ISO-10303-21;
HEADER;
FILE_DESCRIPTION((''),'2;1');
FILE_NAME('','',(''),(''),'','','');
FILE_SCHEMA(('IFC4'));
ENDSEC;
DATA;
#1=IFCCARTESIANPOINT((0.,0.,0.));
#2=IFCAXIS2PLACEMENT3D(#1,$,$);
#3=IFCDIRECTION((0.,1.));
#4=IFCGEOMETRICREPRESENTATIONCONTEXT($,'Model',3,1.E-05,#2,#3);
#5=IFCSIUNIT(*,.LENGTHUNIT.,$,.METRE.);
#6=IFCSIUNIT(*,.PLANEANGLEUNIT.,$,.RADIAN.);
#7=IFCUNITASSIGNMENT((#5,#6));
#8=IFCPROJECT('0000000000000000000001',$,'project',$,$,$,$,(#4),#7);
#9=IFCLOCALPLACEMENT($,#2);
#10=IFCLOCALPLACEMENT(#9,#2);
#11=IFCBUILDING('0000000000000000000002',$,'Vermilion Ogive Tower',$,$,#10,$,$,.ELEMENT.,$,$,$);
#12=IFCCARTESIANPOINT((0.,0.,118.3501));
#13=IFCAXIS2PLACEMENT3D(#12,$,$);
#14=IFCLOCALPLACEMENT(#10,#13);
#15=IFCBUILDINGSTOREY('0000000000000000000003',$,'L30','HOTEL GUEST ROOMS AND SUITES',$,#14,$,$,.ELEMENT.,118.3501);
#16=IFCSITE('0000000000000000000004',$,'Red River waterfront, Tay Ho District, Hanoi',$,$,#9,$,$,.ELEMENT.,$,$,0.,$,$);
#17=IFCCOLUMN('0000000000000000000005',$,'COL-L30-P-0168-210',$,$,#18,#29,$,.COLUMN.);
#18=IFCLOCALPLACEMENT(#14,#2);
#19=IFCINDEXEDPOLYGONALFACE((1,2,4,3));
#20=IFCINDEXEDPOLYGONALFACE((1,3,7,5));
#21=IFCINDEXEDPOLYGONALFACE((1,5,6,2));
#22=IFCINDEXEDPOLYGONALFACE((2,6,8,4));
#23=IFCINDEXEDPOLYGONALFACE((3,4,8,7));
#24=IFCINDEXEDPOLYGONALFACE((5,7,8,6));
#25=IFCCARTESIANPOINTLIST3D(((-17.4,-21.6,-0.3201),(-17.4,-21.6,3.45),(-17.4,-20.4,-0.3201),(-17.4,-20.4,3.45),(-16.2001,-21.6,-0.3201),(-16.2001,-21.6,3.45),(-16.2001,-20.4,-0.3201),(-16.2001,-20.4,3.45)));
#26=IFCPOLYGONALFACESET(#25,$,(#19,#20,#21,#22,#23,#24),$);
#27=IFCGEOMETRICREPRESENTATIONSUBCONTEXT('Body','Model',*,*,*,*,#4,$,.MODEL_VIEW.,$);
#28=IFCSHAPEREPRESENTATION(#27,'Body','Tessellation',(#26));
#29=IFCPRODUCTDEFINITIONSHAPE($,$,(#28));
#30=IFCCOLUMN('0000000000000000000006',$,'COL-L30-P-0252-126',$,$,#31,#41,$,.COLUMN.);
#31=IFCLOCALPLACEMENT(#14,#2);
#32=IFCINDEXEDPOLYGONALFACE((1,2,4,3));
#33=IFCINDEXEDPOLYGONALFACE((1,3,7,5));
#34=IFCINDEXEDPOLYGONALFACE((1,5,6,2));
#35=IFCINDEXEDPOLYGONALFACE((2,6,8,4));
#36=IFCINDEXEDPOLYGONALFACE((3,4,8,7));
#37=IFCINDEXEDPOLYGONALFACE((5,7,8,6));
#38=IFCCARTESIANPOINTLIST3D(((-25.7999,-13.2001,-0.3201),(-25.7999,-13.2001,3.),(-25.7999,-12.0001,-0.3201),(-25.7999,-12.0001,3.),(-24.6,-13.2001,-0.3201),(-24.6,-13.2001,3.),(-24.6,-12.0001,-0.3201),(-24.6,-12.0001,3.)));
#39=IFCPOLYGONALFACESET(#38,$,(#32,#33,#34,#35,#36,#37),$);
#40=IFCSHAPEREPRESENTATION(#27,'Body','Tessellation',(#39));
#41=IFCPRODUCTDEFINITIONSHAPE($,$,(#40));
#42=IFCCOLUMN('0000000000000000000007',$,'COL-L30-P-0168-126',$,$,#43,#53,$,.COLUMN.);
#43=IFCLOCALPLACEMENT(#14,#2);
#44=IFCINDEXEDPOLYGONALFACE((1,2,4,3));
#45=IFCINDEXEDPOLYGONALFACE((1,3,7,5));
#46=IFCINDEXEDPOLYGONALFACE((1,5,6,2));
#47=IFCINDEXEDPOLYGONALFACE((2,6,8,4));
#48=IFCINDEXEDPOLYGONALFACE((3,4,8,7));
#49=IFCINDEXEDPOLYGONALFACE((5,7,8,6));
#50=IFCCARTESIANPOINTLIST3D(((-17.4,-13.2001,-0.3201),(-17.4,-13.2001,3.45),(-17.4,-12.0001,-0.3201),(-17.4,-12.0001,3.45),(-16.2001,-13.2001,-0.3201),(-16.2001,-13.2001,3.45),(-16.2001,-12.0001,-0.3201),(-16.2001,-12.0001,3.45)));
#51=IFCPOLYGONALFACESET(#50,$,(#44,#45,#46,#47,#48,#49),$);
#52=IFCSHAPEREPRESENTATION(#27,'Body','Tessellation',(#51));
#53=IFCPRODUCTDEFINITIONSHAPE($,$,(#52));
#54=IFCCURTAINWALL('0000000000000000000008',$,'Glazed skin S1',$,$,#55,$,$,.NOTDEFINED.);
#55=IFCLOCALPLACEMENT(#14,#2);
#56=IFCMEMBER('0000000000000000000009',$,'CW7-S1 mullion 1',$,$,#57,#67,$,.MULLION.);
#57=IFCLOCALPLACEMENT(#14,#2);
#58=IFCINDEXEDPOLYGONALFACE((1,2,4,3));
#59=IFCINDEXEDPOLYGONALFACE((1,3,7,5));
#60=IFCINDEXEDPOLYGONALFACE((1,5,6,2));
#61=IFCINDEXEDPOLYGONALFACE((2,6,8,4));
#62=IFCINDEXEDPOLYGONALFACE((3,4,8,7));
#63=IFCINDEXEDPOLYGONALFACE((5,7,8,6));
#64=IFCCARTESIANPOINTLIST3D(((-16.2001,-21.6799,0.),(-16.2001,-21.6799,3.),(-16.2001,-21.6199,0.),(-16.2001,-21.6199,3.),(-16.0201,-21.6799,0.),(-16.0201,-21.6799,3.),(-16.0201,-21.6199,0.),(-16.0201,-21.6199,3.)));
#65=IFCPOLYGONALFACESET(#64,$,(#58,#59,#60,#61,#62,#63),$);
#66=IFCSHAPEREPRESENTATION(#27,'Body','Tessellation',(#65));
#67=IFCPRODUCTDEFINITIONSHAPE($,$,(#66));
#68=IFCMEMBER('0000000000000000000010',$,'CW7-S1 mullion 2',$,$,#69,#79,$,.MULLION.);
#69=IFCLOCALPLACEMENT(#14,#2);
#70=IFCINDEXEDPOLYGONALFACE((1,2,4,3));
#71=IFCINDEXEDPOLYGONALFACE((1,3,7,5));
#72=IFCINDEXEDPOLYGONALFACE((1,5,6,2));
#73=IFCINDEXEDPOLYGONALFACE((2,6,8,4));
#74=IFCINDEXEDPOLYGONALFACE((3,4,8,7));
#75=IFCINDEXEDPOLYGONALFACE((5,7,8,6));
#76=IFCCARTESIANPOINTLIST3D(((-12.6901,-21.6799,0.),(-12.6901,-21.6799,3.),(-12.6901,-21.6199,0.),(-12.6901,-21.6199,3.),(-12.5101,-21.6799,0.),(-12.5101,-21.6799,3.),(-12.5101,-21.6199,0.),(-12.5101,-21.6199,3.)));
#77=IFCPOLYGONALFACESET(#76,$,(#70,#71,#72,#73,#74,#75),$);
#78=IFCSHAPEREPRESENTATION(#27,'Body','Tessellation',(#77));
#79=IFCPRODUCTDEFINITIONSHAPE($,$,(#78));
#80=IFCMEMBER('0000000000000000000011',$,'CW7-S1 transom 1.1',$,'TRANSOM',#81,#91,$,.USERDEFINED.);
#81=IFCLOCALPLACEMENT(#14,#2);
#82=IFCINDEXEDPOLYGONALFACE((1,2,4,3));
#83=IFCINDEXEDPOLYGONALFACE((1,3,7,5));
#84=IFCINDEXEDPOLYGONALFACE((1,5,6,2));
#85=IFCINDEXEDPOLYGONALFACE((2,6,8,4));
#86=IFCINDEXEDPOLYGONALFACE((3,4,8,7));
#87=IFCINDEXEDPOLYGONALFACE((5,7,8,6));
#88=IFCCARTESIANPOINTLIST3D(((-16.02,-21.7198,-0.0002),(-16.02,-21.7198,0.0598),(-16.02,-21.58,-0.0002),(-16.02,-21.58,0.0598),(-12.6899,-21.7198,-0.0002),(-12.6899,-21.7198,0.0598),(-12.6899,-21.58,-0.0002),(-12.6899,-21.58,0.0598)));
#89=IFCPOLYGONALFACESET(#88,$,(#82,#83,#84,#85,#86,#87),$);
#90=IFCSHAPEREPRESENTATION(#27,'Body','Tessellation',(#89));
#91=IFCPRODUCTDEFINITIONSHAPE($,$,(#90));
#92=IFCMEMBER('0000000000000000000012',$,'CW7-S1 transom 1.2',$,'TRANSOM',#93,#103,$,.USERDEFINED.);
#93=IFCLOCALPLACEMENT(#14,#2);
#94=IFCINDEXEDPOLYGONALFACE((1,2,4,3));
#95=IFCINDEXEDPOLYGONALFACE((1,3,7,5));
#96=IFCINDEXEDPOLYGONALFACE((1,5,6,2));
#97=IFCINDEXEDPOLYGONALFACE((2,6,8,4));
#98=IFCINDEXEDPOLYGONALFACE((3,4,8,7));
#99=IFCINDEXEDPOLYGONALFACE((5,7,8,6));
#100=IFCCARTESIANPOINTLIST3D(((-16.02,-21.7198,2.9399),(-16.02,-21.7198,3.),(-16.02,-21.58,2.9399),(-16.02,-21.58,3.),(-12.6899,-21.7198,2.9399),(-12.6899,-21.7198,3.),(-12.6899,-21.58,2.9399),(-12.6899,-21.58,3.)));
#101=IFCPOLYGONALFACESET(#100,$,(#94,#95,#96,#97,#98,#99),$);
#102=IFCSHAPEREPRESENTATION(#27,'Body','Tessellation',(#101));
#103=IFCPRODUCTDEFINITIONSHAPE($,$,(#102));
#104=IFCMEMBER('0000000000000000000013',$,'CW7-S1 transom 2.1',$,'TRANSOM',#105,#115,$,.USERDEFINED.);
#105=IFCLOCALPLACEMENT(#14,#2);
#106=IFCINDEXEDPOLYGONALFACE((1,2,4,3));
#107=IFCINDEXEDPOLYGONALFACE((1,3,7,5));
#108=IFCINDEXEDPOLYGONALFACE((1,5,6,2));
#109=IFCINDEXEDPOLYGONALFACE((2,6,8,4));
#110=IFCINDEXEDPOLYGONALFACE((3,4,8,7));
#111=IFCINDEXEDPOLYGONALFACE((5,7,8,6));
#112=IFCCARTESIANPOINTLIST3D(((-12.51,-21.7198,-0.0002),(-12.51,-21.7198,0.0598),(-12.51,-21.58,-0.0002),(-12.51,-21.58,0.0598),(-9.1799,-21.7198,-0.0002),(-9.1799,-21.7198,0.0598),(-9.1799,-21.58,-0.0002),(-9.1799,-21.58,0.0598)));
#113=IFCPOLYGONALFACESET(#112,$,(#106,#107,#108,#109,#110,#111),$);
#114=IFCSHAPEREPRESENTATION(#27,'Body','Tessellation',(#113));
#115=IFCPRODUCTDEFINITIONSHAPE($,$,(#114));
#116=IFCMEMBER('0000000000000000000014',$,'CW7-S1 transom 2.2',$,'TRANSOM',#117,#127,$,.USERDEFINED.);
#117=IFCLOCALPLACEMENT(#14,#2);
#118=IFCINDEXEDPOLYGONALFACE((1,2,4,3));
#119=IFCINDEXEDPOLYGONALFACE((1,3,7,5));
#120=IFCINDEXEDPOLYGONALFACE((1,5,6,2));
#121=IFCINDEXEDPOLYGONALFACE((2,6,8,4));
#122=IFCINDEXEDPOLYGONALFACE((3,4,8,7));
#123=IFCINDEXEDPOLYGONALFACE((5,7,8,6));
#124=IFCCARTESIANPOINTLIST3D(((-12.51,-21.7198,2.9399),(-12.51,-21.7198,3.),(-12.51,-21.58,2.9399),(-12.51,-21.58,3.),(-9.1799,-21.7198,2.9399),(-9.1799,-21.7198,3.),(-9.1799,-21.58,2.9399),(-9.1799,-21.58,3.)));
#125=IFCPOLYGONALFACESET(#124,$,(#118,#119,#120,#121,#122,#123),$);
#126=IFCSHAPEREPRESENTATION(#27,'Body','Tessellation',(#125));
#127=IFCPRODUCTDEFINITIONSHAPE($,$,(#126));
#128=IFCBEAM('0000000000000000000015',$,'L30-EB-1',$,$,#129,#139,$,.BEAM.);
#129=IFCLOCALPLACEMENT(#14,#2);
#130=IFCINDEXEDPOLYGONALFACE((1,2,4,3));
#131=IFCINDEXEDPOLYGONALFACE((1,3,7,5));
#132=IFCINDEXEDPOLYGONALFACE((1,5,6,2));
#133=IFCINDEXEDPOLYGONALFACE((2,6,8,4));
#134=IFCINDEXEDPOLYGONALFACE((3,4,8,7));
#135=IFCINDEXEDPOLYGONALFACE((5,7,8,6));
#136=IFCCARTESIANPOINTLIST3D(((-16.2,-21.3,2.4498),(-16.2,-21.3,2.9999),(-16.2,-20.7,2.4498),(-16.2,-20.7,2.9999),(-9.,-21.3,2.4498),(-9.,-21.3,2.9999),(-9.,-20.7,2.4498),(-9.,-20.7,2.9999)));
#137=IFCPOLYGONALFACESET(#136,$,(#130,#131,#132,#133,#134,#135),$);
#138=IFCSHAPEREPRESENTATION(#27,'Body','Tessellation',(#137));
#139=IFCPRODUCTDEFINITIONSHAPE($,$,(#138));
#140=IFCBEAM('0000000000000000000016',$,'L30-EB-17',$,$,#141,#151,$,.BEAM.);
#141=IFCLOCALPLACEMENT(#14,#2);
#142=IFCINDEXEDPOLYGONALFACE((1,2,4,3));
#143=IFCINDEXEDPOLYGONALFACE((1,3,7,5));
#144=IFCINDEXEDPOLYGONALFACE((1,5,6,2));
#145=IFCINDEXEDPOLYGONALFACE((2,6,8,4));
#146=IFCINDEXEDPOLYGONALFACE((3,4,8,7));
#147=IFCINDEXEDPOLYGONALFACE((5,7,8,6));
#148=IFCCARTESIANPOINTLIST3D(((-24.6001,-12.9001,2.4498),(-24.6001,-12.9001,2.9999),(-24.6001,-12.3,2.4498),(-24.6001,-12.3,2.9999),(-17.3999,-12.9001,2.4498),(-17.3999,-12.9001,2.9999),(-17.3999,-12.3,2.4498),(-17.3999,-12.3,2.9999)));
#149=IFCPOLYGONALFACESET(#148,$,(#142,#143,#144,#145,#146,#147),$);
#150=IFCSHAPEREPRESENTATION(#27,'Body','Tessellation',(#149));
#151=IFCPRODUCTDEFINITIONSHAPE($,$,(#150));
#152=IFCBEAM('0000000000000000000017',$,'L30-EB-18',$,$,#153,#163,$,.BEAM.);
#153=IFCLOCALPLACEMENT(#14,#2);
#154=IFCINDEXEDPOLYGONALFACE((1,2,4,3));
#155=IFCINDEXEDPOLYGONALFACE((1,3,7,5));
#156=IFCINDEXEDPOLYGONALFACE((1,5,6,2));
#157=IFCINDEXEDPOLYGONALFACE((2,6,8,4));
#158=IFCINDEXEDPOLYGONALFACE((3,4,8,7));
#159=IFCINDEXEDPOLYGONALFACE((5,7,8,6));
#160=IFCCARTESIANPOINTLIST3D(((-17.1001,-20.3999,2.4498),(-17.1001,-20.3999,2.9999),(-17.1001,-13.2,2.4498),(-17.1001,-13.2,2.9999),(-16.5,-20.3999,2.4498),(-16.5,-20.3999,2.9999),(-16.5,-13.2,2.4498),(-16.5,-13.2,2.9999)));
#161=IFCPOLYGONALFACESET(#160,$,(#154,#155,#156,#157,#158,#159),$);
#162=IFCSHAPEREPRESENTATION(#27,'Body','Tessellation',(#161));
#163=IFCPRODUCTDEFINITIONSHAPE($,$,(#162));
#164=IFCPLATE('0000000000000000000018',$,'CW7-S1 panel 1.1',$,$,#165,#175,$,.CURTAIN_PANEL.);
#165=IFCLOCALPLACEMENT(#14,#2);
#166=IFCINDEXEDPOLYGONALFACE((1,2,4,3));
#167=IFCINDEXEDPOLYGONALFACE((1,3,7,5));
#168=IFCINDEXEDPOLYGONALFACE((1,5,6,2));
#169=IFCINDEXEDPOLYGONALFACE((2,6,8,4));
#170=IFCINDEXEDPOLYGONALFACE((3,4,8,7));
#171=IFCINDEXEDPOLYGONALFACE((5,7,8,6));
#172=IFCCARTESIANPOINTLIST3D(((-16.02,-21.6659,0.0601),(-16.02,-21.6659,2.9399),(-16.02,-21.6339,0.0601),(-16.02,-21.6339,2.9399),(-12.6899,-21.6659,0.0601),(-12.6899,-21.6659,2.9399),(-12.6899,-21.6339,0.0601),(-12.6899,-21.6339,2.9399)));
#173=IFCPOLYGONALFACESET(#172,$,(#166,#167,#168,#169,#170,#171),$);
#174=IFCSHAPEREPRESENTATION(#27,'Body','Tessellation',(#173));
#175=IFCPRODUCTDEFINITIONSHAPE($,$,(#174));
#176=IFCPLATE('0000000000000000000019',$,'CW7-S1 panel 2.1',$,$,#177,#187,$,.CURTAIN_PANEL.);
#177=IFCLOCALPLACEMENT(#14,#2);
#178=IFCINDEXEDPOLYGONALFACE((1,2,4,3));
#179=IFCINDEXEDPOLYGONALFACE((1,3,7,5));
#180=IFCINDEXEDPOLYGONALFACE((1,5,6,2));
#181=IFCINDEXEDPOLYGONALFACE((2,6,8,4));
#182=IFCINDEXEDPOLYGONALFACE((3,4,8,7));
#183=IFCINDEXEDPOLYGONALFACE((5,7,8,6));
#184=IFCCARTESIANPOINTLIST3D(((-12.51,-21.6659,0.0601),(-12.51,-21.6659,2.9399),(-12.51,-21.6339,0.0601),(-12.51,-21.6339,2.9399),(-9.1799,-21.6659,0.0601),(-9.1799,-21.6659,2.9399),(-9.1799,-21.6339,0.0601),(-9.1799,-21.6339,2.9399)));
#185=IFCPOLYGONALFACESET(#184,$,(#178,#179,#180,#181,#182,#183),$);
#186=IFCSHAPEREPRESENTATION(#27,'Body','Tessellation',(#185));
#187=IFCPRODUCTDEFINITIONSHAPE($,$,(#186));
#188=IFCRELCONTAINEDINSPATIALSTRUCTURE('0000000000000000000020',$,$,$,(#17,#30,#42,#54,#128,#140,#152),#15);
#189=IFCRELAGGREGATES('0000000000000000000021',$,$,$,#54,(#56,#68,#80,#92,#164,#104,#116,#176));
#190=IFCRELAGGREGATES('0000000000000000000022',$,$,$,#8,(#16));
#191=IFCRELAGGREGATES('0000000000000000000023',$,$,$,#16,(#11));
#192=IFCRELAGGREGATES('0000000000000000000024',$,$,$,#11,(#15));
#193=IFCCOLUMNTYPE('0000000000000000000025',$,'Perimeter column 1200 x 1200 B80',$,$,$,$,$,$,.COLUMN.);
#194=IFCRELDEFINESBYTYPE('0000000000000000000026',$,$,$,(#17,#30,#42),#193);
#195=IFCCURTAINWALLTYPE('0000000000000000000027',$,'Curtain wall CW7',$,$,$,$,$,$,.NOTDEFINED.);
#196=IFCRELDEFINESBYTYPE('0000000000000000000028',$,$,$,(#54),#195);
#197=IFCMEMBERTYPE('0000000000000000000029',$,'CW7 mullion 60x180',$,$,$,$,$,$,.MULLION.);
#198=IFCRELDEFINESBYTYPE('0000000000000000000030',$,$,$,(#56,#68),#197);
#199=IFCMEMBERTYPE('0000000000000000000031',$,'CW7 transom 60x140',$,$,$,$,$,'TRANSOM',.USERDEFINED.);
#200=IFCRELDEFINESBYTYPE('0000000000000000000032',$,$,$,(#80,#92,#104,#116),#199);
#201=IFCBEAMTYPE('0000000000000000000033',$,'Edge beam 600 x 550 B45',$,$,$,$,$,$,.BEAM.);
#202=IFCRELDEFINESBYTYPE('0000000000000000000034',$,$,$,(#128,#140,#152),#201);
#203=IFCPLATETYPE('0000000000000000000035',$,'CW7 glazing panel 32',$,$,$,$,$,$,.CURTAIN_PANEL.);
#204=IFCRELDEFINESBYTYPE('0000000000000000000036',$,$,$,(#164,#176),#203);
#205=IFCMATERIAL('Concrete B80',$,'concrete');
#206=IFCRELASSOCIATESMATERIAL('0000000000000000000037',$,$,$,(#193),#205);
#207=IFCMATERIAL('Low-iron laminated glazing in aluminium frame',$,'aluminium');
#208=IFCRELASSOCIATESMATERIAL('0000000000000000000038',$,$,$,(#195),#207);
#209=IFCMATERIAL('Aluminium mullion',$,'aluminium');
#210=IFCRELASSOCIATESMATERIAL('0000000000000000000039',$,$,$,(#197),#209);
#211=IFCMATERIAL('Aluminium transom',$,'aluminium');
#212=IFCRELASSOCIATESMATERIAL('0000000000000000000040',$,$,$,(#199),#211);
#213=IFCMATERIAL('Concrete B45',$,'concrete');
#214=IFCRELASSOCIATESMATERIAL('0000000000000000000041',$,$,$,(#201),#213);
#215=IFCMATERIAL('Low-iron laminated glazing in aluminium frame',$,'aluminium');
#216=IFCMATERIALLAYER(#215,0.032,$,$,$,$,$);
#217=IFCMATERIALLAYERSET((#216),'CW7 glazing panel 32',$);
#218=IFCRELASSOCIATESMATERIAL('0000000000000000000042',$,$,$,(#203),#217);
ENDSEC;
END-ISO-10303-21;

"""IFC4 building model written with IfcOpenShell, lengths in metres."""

from ifc_helpers import new_model, si_unit, direction, frame, origin, origin_2d, place, context, subcontext, project, spatial, rectangle, extrude, material, layer, layer_set, material_profile, profile_set, type_object, element, aggregate, save


model = new_model("IFC4")

# Units and contexts
model_context = context("Model", 3, precision=1e-05, world=origin(), true_north=direction((0.0, 1.0)))
body_context = subcontext(model_context, "Body", "Model", "MODEL_VIEW")
ifc_project = project(units=[si_unit("LENGTHUNIT", "METRE"), si_unit("PLANEANGLEUNIT", "RADIAN")], contexts=[model_context])

# Site, building, storey
site_placement = place(None, origin())
site = spatial("IfcSite", under=ifc_project, at=site_placement, Name="Red River waterfront, Tay Ho District, Hanoi", CompositionType="ELEMENT", RefElevation=0.0)
building_placement = place(site_placement, origin())
building = spatial("IfcBuilding", under=site, at=building_placement, Name="Vermilion Ogive Tower", CompositionType="ELEMENT")
storey_placement = place(building_placement, frame((0.0, 0.0, 118.3501)))
storey = spatial("IfcBuildingStorey", under=building, at=storey_placement, Name="L30", Description="HOTEL GUEST ROOMS AND SUITES", CompositionType="ELEMENT", Elevation=118.3501)

# Columns
ifc_material_1 = material(Name="Concrete B80", Category="concrete")
ifc_material_profile_1 = material_profile(ifc_material_1, rectangle(XDim=1.2, YDim=1.2, at=origin_2d()), Name="1200 x 1200")
ifc_profile_set_1 = profile_set([ifc_material_profile_1], Name="Concrete B80")
column_type = type_object("IfcColumnType", Name="Perimeter column 1200 x 1200 B80", PredefinedType="COLUMN", material=ifc_profile_set_1)
column_1_placement = place(storey_placement, frame((-16.8, -21.0, -0.3201), z_axis=(0.0, 0.0, 1.0), x_axis=(1.0, 0.0, 0.0)))
element("IfcColumn", 1, at=column_1_placement, inside=storey, type_object=column_type, Name="COL-L30-P-0168-210", PredefinedType="COLUMN", context=body_context, shape_type="SweptSolid", body=[
    extrude(rectangle(XDim=1.2, YDim=1.2, at=origin_2d()), origin(), (0.0, 0.0, 1.0), 3.77),
])
column_2_placement = place(storey_placement, frame((-25.2, -12.6001, -0.3201), z_axis=(0.0, 0.0, 1.0), x_axis=(1.0, 0.0, 0.0)))
element("IfcColumn", 2, at=column_2_placement, inside=storey, type_object=column_type, Name="COL-L30-P-0252-126", PredefinedType="COLUMN", context=body_context, shape_type="SweptSolid", body=[
    extrude(rectangle(XDim=1.2, YDim=1.2, at=origin_2d()), origin(), (0.0, 0.0, 1.0), 3.3201),
])
column_3_placement = place(storey_placement, frame((-16.8, -12.6001, -0.3201), z_axis=(0.0, 0.0, 1.0), x_axis=(1.0, 0.0, 0.0)))
element("IfcColumn", 3, at=column_3_placement, inside=storey, type_object=column_type, Name="COL-L30-P-0168-126", PredefinedType="COLUMN", context=body_context, shape_type="SweptSolid", body=[
    extrude(rectangle(XDim=1.2, YDim=1.2, at=origin_2d()), origin(), (0.0, 0.0, 1.0), 3.77),
])

# Curtain wall, members
ifc_material_2 = material(Name="Low-iron laminated glazing in aluminium frame", Category="aluminium")
curtain_wall_type = type_object("IfcCurtainWallType", Name="Curtain wall CW7", PredefinedType="NOTDEFINED", material=ifc_material_2)
curtain_wall_placement = place(storey_placement, origin())
curtain_wall = element("IfcCurtainWall", 4, at=curtain_wall_placement, inside=storey, type_object=curtain_wall_type, Name="Glazed skin S1", PredefinedType="NOTDEFINED")
ifc_material_3 = material(Name="Aluminium mullion", Category="aluminium")
ifc_material_profile_2 = material_profile(ifc_material_3, rectangle(XDim=0.0601, YDim=0.1799, at=origin_2d()), Name="AL 60x180")
ifc_profile_set_2 = profile_set([ifc_material_profile_2], Name="Aluminium mullion")
member_type_1 = type_object("IfcMemberType", Name="CW7 mullion 60x180", PredefinedType="MULLION", material=ifc_profile_set_2)
member_1_placement = place(storey_placement, frame((-16.1101, -21.6499, 0.0), z_axis=(0.0, 0.0, 1.0), x_axis=(0.0, 1.0, 0.0)))
member_1 = element("IfcMember", 5, at=member_1_placement, type_object=member_type_1, Name="CW7-S1 mullion 1", PredefinedType="MULLION", context=body_context, shape_type="SweptSolid", body=[
    extrude(rectangle(XDim=0.0601, YDim=0.1799, at=origin_2d()), origin(), (0.0, 0.0, 1.0), 3.0),
])
member_2_placement = place(storey_placement, frame((-12.6001, -21.6499, 0.0), z_axis=(0.0, 0.0, 1.0), x_axis=(0.0, 1.0, 0.0)))
member_2 = element("IfcMember", 6, at=member_2_placement, type_object=member_type_1, Name="CW7-S1 mullion 2", PredefinedType="MULLION", context=body_context, shape_type="SweptSolid", body=[
    extrude(rectangle(XDim=0.0601, YDim=0.1799, at=origin_2d()), origin(), (0.0, 0.0, 1.0), 3.0),
])
ifc_material_4 = material(Name="Aluminium transom", Category="aluminium")
ifc_material_profile_3 = material_profile(ifc_material_4, rectangle(XDim=0.1399, YDim=0.0601, at=origin_2d()), Name="AL 60x140")
ifc_profile_set_3 = profile_set([ifc_material_profile_3], Name="Aluminium transom")
member_type_2 = type_object("IfcMemberType", Name="CW7 transom 60x140", ElementType="TRANSOM", PredefinedType="USERDEFINED", material=ifc_profile_set_3)
member_3_placement = place(storey_placement, frame((-16.02, -21.6499, 0.0298), z_axis=(1.0, 0.0, 0.0), x_axis=(0.0, 1.0, 0.0)))
member_3 = element("IfcMember", 7, at=member_3_placement, type_object=member_type_2, Name="CW7-S1 transom 1.1", ObjectType="TRANSOM", PredefinedType="USERDEFINED", context=body_context, shape_type="SweptSolid", body=[
    extrude(rectangle(XDim=0.1399, YDim=0.0601, at=origin_2d()), origin(), (0.0, 0.0, 1.0), 3.3301),
])
member_4_placement = place(storey_placement, frame((-16.02, -21.6499, 2.97), z_axis=(1.0, 0.0, 0.0), x_axis=(0.0, 1.0, 0.0)))
member_4 = element("IfcMember", 8, at=member_4_placement, type_object=member_type_2, Name="CW7-S1 transom 1.2", ObjectType="TRANSOM", PredefinedType="USERDEFINED", context=body_context, shape_type="SweptSolid", body=[
    extrude(rectangle(XDim=0.1399, YDim=0.0601, at=origin_2d()), origin(), (0.0, 0.0, 1.0), 3.3301),
])
member_5_placement = place(storey_placement, frame((-12.51, -21.6499, 0.0298), z_axis=(1.0, 0.0, 0.0), x_axis=(0.0, 1.0, 0.0)))
member_5 = element("IfcMember", 9, at=member_5_placement, type_object=member_type_2, Name="CW7-S1 transom 2.1", ObjectType="TRANSOM", PredefinedType="USERDEFINED", context=body_context, shape_type="SweptSolid", body=[
    extrude(rectangle(XDim=0.1399, YDim=0.0601, at=origin_2d()), origin(), (0.0, 0.0, 1.0), 3.3301),
])
member_6_placement = place(storey_placement, frame((-12.51, -21.6499, 2.97), z_axis=(1.0, 0.0, 0.0), x_axis=(0.0, 1.0, 0.0)))
member_6 = element("IfcMember", 10, at=member_6_placement, type_object=member_type_2, Name="CW7-S1 transom 2.2", ObjectType="TRANSOM", PredefinedType="USERDEFINED", context=body_context, shape_type="SweptSolid", body=[
    extrude(rectangle(XDim=0.1399, YDim=0.0601, at=origin_2d()), origin(), (0.0, 0.0, 1.0), 3.3301),
])

# Beams
ifc_material_5 = material(Name="Concrete B45", Category="concrete")
ifc_material_profile_4 = material_profile(ifc_material_5, rectangle(XDim=0.6001, YDim=0.55, at=origin_2d()), Name="600 x 550")
ifc_profile_set_4 = profile_set([ifc_material_profile_4], Name="Concrete B45")
beam_type = type_object("IfcBeamType", Name="Edge beam 600 x 550 B45", PredefinedType="BEAM", material=ifc_profile_set_4)
beam_1_placement = place(storey_placement, frame((-16.2, -21.0, 2.7249), z_axis=(1.0, 0.0, 0.0), x_axis=(0.0, 1.0, 0.0)))
element("IfcBeam", 11, at=beam_1_placement, inside=storey, type_object=beam_type, Name="L30-EB-1", PredefinedType="BEAM", context=body_context, shape_type="SweptSolid", body=[
    extrude(rectangle(XDim=0.6001, YDim=0.55, at=origin_2d()), origin(), (0.0, 0.0, 1.0), 7.2),
])
beam_2_placement = place(storey_placement, frame((-24.6001, -12.6001, 2.7249), z_axis=(1.0, 0.0, 0.0), x_axis=(0.0, 1.0, 0.0)))
element("IfcBeam", 12, at=beam_2_placement, inside=storey, type_object=beam_type, Name="L30-EB-17", PredefinedType="BEAM", context=body_context, shape_type="SweptSolid", body=[
    extrude(rectangle(XDim=0.6001, YDim=0.55, at=origin_2d()), origin(), (0.0, 0.0, 1.0), 7.2002),
])
beam_3_placement = place(storey_placement, frame((-16.8, -13.2, 2.7249), z_axis=(0.0, -1.0, 0.0), x_axis=(1.0, 0.0, 0.0)))
element("IfcBeam", 13, at=beam_3_placement, inside=storey, type_object=beam_type, Name="L30-EB-18", PredefinedType="BEAM", context=body_context, shape_type="SweptSolid", body=[
    extrude(rectangle(XDim=0.6001, YDim=0.55, at=origin_2d()), origin(), (0.0, 0.0, 1.0), 7.2),
])

# Plates
ifc_material_6 = material(Name="Low-iron laminated glazing in aluminium frame", Category="aluminium")
ifc_layer_1 = layer(ifc_material_6, 0.032)
ifc_layer_set_1 = layer_set([ifc_layer_1], Name="CW7 glazing panel 32")
plate_type = type_object("IfcPlateType", Name="CW7 glazing panel 32", PredefinedType="CURTAIN_PANEL", material=ifc_layer_set_1)
plate_1_placement = place(storey_placement, frame((-14.355, -21.6499, 0.0601), z_axis=(0.0, 0.0, 1.0), x_axis=(1.0, 0.0, 0.0)))
plate_1 = element("IfcPlate", 14, at=plate_1_placement, type_object=plate_type, Name="CW7-S1 panel 1.1", PredefinedType="CURTAIN_PANEL", context=body_context, shape_type="SweptSolid", body=[
    extrude(rectangle(XDim=3.3301, YDim=0.032, at=origin_2d()), origin(), (0.0, 0.0, 1.0), 2.8799),
])
plate_2_placement = place(storey_placement, frame((-10.845, -21.6499, 0.0601), z_axis=(0.0, 0.0, 1.0), x_axis=(1.0, 0.0, 0.0)))
plate_2 = element("IfcPlate", 15, at=plate_2_placement, type_object=plate_type, Name="CW7-S1 panel 2.1", PredefinedType="CURTAIN_PANEL", context=body_context, shape_type="SweptSolid", body=[
    extrude(rectangle(XDim=3.3301, YDim=0.032, at=origin_2d()), origin(), (0.0, 0.0, 1.0), 2.8799),
])
aggregate(curtain_wall, [member_1, member_2, member_3, member_4, plate_1, member_5, member_6, plate_2])

save(model, "model.ifc")
